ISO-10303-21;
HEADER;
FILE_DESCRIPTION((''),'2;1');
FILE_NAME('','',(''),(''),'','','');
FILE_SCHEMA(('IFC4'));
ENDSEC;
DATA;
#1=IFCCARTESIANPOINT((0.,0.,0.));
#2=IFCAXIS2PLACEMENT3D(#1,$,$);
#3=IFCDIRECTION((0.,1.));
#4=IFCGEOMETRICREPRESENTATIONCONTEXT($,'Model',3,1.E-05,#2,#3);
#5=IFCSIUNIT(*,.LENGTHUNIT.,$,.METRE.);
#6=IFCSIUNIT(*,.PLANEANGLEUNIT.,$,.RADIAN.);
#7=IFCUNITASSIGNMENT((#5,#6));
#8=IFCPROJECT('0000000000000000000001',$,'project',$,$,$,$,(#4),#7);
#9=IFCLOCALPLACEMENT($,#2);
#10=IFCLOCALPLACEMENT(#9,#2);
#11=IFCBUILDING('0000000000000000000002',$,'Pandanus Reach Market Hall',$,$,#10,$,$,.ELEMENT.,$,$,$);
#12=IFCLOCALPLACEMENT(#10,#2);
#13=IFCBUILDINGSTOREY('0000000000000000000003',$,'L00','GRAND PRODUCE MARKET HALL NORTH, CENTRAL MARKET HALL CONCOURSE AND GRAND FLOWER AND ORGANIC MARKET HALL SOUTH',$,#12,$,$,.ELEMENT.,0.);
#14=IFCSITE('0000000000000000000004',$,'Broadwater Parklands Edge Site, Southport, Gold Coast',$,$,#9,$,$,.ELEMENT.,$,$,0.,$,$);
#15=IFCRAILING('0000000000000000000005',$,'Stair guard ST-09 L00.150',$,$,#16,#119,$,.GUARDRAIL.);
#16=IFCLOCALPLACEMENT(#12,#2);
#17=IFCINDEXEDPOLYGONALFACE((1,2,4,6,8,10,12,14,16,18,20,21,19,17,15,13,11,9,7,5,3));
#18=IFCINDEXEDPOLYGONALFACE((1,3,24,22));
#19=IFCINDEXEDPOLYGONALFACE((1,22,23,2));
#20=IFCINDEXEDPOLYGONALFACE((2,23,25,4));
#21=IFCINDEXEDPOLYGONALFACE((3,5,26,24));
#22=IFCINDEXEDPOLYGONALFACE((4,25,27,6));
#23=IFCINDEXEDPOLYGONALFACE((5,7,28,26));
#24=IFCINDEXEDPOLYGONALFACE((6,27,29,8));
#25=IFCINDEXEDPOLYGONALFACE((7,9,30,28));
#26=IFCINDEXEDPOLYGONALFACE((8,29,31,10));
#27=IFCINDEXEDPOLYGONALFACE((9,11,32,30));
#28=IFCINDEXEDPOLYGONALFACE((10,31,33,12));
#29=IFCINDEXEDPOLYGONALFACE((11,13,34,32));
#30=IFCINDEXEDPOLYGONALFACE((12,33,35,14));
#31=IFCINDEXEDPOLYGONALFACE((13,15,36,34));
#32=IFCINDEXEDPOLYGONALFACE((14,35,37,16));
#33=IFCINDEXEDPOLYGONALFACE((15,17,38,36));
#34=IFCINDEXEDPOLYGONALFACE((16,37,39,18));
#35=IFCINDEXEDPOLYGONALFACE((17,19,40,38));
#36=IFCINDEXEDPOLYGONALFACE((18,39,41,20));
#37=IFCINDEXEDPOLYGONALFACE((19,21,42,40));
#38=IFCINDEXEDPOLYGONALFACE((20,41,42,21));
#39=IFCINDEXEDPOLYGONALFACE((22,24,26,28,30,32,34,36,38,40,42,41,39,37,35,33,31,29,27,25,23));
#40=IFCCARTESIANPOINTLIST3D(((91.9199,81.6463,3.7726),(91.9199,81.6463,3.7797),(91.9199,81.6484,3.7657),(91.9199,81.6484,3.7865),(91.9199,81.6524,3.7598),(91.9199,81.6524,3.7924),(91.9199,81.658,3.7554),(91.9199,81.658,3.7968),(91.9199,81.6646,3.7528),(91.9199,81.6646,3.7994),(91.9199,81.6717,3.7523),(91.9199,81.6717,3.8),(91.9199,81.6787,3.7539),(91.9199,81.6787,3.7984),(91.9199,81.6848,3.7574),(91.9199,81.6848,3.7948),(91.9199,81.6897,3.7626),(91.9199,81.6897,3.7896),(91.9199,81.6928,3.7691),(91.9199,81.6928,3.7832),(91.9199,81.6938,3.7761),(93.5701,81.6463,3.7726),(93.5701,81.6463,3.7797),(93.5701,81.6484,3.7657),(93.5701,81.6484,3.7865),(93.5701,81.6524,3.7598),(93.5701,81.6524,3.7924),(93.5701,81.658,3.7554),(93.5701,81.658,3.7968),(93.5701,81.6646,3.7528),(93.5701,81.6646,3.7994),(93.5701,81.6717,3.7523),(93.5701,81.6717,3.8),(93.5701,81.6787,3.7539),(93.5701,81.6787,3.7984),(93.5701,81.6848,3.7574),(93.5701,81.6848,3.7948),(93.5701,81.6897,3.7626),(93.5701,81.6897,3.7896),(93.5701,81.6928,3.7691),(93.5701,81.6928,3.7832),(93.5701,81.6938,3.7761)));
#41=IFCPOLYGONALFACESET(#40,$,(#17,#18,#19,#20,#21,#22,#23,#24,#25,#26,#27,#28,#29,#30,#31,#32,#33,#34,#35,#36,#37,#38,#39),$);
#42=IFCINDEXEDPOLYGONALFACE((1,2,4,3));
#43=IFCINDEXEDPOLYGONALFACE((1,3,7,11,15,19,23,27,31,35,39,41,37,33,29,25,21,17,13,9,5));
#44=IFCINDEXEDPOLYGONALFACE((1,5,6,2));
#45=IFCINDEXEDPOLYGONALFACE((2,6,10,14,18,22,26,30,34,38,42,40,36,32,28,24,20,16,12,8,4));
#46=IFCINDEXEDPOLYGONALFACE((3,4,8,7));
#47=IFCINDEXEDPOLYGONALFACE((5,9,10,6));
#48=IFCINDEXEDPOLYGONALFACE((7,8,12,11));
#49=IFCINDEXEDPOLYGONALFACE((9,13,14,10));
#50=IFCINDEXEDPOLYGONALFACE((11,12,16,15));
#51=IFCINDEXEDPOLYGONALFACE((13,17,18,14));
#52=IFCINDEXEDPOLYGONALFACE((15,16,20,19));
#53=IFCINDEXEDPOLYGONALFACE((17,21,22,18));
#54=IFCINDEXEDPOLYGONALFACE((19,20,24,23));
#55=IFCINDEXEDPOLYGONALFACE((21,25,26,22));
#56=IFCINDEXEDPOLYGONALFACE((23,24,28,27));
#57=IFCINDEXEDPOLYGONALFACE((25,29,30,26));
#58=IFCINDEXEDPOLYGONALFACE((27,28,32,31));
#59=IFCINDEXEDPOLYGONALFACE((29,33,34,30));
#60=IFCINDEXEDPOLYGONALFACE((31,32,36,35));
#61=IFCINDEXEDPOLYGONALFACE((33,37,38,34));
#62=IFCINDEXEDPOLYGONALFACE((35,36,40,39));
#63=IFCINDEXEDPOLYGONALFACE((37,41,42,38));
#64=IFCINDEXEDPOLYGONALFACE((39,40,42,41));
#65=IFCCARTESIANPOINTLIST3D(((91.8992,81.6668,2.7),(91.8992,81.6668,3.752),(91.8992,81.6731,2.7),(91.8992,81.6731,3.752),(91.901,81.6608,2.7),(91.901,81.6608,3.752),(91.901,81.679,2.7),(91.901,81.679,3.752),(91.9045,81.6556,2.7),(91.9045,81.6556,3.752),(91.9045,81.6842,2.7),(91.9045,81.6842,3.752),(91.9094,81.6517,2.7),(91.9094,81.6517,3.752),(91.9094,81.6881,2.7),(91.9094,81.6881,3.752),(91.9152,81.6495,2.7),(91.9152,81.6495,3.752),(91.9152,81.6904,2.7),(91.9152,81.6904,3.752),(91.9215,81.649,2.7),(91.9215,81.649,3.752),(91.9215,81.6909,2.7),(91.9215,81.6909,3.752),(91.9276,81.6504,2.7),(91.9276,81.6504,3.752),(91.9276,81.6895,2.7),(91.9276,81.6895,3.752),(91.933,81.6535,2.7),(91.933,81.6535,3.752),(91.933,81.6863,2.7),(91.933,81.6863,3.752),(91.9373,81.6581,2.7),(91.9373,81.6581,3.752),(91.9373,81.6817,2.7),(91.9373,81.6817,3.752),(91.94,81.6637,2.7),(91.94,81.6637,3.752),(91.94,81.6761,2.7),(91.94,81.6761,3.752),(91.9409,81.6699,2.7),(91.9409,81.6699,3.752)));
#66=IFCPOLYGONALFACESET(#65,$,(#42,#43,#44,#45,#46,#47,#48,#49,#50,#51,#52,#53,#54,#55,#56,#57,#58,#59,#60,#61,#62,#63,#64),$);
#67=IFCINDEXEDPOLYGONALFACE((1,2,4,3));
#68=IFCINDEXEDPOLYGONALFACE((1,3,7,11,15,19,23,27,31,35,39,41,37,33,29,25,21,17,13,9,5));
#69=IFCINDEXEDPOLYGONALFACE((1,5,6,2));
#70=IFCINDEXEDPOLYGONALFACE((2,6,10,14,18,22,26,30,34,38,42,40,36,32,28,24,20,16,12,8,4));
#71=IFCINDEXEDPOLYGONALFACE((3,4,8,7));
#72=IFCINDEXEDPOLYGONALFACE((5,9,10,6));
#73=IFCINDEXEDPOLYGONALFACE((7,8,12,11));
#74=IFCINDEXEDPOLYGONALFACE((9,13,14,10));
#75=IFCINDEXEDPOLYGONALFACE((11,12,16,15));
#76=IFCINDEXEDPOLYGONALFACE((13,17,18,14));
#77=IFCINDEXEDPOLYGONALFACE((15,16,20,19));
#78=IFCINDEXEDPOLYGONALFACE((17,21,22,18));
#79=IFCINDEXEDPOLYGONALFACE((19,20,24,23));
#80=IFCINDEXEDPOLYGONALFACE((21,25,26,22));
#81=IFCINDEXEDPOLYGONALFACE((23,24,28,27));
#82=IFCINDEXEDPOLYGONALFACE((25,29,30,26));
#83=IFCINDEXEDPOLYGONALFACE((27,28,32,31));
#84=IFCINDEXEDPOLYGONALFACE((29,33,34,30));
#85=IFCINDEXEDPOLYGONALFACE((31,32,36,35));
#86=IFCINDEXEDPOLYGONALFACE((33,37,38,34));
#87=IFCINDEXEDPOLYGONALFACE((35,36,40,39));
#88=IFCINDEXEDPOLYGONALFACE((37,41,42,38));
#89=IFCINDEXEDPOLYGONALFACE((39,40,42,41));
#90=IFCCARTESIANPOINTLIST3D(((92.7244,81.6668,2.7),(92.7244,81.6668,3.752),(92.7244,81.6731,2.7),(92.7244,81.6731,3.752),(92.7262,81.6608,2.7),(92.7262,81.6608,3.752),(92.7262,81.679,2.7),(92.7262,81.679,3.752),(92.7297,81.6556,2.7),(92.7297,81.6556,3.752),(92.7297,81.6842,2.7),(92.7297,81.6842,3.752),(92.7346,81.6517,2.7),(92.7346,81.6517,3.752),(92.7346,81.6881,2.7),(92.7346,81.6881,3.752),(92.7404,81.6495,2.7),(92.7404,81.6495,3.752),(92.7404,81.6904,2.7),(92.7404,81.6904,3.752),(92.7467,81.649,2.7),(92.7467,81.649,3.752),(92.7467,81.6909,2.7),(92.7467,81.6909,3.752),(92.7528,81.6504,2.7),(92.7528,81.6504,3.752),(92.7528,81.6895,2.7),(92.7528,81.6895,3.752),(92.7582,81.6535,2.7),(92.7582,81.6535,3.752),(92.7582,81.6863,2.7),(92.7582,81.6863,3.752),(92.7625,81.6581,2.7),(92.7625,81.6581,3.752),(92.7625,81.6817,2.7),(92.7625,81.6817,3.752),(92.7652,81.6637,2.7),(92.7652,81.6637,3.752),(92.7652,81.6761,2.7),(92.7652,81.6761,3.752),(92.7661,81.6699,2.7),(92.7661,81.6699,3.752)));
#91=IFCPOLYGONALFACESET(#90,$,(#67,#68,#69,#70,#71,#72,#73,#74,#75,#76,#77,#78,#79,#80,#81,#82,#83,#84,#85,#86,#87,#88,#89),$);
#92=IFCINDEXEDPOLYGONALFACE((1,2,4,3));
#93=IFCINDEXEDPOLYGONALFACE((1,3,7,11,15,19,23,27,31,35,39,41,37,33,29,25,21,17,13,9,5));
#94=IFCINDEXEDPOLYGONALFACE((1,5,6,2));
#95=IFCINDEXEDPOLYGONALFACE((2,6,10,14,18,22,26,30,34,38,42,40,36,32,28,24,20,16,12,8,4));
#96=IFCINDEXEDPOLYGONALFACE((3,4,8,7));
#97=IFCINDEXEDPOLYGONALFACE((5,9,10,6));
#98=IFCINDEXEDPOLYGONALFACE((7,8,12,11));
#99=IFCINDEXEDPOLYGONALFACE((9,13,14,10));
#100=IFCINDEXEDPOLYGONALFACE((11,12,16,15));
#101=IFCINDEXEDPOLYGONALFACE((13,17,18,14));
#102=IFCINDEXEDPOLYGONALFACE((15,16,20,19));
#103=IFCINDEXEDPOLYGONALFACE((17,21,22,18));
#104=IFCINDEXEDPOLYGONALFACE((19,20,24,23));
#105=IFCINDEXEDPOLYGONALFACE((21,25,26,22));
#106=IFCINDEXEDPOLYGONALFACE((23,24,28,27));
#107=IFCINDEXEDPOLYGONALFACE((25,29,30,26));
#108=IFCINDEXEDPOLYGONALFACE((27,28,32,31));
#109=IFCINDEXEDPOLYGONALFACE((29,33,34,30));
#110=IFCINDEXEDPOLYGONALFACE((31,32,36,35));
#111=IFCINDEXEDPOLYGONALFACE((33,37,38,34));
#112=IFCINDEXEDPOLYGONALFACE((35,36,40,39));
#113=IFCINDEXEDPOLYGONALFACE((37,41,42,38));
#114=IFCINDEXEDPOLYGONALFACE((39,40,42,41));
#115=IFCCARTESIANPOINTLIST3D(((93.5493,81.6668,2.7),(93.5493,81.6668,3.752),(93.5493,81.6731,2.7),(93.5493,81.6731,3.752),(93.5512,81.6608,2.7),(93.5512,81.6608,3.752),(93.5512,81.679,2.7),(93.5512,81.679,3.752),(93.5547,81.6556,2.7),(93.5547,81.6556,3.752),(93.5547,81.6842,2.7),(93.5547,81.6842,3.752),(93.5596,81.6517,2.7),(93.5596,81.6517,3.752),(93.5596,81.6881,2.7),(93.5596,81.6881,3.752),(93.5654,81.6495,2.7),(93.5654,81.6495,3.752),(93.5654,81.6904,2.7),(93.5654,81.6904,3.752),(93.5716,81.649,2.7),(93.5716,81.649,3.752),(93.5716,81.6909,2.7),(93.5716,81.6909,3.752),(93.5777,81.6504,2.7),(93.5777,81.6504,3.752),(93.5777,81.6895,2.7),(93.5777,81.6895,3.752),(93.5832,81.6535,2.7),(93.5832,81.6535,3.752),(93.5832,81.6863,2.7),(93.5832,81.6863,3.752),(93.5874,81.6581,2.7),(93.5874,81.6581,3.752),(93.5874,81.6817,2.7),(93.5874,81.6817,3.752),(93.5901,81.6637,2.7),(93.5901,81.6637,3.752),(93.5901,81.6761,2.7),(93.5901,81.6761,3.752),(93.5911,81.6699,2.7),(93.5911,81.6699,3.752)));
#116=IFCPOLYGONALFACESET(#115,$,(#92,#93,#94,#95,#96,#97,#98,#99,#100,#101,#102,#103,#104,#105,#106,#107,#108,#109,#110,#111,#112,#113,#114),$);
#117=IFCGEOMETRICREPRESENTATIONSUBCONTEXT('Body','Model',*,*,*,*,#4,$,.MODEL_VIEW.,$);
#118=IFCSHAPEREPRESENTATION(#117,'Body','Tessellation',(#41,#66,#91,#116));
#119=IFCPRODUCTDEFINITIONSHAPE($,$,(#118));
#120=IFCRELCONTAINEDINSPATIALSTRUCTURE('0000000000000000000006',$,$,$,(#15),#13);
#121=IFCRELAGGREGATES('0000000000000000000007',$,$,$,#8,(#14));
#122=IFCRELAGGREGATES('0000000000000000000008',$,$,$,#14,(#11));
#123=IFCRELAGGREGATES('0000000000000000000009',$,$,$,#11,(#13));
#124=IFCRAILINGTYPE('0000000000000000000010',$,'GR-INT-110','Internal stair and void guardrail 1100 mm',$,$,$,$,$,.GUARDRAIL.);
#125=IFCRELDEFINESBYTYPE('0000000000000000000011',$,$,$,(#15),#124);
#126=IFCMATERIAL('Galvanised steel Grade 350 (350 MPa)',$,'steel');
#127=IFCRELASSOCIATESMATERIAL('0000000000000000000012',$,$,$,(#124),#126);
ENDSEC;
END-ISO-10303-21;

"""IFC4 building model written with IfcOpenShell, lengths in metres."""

from ifc_helpers import new_model, si_unit, direction, frame, origin, origin_2d, place, context, subcontext, project, spatial, circle, extrude, material, type_object, element, save


model = new_model("IFC4")

# Units and contexts
model_context = context("Model", 3, precision=1e-05, world=origin(), true_north=direction((0.0, 1.0)))
body_context = subcontext(model_context, "Body", "Model", "MODEL_VIEW")
ifc_project = project(units=[si_unit("LENGTHUNIT", "METRE"), si_unit("PLANEANGLEUNIT", "RADIAN")], contexts=[model_context])

# Site, building, storey
site_placement = place(None, origin())
site = spatial("IfcSite", under=ifc_project, at=site_placement, Name="Broadwater Parklands Edge Site, Southport, Gold Coast", CompositionType="ELEMENT", RefElevation=0.0)
building_placement = place(site_placement, origin())
building = spatial("IfcBuilding", under=site, at=building_placement, Name="Pandanus Reach Market Hall", CompositionType="ELEMENT")
storey_placement = place(building_placement, origin())
storey = spatial("IfcBuildingStorey", under=building, at=storey_placement, Name="L00", Description="GRAND PRODUCE MARKET HALL NORTH, CENTRAL MARKET HALL CONCOURSE AND GRAND FLOWER AND ORGANIC MARKET HALL SOUTH", CompositionType="ELEMENT", Elevation=0.0)

# Railing
ifc_material_1 = material(Name="Galvanised steel Grade 350 (350 MPa)", Category="steel")
railing_type_1 = type_object("IfcRailingType", Name="GR-INT-110", Description="Internal stair and void guardrail 1100 mm", PredefinedType="GUARDRAIL", material=ifc_material_1)
for number, where, name in (
    (1, (91.9199, 81.6699, 2.7), "Stair guard ST-09 L00.150"),
):
    element("IfcRailing", number, at=place(storey_placement, frame(where)), inside=storey, type_object=railing_type_1, Name=name, PredefinedType="GUARDRAIL", context=body_context, shape_type="SweptSolid", body=[
        extrude(circle(Radius=0.0239, at=origin_2d()), frame((0.0, 0.0, 1.0762), z_axis=(1.0, 0.0, 0.0), x_axis=(0.0, 1.0, 0.0)), (0.0, 0.0, 1.0), 1.6501),
        extrude(circle(Radius=0.021, at=origin_2d()), origin(), (0.0, 0.0, 1.0), 1.052),
        extrude(circle(Radius=0.021, at=origin_2d()), frame((0.8252, 0.0, 0.0)), (0.0, 0.0, 1.0), 1.052),
        extrude(circle(Radius=0.021, at=origin_2d()), frame((1.6501, 0.0, 0.0)), (0.0, 0.0, 1.0), 1.052),
    ])

save(model, "model.ifc")
